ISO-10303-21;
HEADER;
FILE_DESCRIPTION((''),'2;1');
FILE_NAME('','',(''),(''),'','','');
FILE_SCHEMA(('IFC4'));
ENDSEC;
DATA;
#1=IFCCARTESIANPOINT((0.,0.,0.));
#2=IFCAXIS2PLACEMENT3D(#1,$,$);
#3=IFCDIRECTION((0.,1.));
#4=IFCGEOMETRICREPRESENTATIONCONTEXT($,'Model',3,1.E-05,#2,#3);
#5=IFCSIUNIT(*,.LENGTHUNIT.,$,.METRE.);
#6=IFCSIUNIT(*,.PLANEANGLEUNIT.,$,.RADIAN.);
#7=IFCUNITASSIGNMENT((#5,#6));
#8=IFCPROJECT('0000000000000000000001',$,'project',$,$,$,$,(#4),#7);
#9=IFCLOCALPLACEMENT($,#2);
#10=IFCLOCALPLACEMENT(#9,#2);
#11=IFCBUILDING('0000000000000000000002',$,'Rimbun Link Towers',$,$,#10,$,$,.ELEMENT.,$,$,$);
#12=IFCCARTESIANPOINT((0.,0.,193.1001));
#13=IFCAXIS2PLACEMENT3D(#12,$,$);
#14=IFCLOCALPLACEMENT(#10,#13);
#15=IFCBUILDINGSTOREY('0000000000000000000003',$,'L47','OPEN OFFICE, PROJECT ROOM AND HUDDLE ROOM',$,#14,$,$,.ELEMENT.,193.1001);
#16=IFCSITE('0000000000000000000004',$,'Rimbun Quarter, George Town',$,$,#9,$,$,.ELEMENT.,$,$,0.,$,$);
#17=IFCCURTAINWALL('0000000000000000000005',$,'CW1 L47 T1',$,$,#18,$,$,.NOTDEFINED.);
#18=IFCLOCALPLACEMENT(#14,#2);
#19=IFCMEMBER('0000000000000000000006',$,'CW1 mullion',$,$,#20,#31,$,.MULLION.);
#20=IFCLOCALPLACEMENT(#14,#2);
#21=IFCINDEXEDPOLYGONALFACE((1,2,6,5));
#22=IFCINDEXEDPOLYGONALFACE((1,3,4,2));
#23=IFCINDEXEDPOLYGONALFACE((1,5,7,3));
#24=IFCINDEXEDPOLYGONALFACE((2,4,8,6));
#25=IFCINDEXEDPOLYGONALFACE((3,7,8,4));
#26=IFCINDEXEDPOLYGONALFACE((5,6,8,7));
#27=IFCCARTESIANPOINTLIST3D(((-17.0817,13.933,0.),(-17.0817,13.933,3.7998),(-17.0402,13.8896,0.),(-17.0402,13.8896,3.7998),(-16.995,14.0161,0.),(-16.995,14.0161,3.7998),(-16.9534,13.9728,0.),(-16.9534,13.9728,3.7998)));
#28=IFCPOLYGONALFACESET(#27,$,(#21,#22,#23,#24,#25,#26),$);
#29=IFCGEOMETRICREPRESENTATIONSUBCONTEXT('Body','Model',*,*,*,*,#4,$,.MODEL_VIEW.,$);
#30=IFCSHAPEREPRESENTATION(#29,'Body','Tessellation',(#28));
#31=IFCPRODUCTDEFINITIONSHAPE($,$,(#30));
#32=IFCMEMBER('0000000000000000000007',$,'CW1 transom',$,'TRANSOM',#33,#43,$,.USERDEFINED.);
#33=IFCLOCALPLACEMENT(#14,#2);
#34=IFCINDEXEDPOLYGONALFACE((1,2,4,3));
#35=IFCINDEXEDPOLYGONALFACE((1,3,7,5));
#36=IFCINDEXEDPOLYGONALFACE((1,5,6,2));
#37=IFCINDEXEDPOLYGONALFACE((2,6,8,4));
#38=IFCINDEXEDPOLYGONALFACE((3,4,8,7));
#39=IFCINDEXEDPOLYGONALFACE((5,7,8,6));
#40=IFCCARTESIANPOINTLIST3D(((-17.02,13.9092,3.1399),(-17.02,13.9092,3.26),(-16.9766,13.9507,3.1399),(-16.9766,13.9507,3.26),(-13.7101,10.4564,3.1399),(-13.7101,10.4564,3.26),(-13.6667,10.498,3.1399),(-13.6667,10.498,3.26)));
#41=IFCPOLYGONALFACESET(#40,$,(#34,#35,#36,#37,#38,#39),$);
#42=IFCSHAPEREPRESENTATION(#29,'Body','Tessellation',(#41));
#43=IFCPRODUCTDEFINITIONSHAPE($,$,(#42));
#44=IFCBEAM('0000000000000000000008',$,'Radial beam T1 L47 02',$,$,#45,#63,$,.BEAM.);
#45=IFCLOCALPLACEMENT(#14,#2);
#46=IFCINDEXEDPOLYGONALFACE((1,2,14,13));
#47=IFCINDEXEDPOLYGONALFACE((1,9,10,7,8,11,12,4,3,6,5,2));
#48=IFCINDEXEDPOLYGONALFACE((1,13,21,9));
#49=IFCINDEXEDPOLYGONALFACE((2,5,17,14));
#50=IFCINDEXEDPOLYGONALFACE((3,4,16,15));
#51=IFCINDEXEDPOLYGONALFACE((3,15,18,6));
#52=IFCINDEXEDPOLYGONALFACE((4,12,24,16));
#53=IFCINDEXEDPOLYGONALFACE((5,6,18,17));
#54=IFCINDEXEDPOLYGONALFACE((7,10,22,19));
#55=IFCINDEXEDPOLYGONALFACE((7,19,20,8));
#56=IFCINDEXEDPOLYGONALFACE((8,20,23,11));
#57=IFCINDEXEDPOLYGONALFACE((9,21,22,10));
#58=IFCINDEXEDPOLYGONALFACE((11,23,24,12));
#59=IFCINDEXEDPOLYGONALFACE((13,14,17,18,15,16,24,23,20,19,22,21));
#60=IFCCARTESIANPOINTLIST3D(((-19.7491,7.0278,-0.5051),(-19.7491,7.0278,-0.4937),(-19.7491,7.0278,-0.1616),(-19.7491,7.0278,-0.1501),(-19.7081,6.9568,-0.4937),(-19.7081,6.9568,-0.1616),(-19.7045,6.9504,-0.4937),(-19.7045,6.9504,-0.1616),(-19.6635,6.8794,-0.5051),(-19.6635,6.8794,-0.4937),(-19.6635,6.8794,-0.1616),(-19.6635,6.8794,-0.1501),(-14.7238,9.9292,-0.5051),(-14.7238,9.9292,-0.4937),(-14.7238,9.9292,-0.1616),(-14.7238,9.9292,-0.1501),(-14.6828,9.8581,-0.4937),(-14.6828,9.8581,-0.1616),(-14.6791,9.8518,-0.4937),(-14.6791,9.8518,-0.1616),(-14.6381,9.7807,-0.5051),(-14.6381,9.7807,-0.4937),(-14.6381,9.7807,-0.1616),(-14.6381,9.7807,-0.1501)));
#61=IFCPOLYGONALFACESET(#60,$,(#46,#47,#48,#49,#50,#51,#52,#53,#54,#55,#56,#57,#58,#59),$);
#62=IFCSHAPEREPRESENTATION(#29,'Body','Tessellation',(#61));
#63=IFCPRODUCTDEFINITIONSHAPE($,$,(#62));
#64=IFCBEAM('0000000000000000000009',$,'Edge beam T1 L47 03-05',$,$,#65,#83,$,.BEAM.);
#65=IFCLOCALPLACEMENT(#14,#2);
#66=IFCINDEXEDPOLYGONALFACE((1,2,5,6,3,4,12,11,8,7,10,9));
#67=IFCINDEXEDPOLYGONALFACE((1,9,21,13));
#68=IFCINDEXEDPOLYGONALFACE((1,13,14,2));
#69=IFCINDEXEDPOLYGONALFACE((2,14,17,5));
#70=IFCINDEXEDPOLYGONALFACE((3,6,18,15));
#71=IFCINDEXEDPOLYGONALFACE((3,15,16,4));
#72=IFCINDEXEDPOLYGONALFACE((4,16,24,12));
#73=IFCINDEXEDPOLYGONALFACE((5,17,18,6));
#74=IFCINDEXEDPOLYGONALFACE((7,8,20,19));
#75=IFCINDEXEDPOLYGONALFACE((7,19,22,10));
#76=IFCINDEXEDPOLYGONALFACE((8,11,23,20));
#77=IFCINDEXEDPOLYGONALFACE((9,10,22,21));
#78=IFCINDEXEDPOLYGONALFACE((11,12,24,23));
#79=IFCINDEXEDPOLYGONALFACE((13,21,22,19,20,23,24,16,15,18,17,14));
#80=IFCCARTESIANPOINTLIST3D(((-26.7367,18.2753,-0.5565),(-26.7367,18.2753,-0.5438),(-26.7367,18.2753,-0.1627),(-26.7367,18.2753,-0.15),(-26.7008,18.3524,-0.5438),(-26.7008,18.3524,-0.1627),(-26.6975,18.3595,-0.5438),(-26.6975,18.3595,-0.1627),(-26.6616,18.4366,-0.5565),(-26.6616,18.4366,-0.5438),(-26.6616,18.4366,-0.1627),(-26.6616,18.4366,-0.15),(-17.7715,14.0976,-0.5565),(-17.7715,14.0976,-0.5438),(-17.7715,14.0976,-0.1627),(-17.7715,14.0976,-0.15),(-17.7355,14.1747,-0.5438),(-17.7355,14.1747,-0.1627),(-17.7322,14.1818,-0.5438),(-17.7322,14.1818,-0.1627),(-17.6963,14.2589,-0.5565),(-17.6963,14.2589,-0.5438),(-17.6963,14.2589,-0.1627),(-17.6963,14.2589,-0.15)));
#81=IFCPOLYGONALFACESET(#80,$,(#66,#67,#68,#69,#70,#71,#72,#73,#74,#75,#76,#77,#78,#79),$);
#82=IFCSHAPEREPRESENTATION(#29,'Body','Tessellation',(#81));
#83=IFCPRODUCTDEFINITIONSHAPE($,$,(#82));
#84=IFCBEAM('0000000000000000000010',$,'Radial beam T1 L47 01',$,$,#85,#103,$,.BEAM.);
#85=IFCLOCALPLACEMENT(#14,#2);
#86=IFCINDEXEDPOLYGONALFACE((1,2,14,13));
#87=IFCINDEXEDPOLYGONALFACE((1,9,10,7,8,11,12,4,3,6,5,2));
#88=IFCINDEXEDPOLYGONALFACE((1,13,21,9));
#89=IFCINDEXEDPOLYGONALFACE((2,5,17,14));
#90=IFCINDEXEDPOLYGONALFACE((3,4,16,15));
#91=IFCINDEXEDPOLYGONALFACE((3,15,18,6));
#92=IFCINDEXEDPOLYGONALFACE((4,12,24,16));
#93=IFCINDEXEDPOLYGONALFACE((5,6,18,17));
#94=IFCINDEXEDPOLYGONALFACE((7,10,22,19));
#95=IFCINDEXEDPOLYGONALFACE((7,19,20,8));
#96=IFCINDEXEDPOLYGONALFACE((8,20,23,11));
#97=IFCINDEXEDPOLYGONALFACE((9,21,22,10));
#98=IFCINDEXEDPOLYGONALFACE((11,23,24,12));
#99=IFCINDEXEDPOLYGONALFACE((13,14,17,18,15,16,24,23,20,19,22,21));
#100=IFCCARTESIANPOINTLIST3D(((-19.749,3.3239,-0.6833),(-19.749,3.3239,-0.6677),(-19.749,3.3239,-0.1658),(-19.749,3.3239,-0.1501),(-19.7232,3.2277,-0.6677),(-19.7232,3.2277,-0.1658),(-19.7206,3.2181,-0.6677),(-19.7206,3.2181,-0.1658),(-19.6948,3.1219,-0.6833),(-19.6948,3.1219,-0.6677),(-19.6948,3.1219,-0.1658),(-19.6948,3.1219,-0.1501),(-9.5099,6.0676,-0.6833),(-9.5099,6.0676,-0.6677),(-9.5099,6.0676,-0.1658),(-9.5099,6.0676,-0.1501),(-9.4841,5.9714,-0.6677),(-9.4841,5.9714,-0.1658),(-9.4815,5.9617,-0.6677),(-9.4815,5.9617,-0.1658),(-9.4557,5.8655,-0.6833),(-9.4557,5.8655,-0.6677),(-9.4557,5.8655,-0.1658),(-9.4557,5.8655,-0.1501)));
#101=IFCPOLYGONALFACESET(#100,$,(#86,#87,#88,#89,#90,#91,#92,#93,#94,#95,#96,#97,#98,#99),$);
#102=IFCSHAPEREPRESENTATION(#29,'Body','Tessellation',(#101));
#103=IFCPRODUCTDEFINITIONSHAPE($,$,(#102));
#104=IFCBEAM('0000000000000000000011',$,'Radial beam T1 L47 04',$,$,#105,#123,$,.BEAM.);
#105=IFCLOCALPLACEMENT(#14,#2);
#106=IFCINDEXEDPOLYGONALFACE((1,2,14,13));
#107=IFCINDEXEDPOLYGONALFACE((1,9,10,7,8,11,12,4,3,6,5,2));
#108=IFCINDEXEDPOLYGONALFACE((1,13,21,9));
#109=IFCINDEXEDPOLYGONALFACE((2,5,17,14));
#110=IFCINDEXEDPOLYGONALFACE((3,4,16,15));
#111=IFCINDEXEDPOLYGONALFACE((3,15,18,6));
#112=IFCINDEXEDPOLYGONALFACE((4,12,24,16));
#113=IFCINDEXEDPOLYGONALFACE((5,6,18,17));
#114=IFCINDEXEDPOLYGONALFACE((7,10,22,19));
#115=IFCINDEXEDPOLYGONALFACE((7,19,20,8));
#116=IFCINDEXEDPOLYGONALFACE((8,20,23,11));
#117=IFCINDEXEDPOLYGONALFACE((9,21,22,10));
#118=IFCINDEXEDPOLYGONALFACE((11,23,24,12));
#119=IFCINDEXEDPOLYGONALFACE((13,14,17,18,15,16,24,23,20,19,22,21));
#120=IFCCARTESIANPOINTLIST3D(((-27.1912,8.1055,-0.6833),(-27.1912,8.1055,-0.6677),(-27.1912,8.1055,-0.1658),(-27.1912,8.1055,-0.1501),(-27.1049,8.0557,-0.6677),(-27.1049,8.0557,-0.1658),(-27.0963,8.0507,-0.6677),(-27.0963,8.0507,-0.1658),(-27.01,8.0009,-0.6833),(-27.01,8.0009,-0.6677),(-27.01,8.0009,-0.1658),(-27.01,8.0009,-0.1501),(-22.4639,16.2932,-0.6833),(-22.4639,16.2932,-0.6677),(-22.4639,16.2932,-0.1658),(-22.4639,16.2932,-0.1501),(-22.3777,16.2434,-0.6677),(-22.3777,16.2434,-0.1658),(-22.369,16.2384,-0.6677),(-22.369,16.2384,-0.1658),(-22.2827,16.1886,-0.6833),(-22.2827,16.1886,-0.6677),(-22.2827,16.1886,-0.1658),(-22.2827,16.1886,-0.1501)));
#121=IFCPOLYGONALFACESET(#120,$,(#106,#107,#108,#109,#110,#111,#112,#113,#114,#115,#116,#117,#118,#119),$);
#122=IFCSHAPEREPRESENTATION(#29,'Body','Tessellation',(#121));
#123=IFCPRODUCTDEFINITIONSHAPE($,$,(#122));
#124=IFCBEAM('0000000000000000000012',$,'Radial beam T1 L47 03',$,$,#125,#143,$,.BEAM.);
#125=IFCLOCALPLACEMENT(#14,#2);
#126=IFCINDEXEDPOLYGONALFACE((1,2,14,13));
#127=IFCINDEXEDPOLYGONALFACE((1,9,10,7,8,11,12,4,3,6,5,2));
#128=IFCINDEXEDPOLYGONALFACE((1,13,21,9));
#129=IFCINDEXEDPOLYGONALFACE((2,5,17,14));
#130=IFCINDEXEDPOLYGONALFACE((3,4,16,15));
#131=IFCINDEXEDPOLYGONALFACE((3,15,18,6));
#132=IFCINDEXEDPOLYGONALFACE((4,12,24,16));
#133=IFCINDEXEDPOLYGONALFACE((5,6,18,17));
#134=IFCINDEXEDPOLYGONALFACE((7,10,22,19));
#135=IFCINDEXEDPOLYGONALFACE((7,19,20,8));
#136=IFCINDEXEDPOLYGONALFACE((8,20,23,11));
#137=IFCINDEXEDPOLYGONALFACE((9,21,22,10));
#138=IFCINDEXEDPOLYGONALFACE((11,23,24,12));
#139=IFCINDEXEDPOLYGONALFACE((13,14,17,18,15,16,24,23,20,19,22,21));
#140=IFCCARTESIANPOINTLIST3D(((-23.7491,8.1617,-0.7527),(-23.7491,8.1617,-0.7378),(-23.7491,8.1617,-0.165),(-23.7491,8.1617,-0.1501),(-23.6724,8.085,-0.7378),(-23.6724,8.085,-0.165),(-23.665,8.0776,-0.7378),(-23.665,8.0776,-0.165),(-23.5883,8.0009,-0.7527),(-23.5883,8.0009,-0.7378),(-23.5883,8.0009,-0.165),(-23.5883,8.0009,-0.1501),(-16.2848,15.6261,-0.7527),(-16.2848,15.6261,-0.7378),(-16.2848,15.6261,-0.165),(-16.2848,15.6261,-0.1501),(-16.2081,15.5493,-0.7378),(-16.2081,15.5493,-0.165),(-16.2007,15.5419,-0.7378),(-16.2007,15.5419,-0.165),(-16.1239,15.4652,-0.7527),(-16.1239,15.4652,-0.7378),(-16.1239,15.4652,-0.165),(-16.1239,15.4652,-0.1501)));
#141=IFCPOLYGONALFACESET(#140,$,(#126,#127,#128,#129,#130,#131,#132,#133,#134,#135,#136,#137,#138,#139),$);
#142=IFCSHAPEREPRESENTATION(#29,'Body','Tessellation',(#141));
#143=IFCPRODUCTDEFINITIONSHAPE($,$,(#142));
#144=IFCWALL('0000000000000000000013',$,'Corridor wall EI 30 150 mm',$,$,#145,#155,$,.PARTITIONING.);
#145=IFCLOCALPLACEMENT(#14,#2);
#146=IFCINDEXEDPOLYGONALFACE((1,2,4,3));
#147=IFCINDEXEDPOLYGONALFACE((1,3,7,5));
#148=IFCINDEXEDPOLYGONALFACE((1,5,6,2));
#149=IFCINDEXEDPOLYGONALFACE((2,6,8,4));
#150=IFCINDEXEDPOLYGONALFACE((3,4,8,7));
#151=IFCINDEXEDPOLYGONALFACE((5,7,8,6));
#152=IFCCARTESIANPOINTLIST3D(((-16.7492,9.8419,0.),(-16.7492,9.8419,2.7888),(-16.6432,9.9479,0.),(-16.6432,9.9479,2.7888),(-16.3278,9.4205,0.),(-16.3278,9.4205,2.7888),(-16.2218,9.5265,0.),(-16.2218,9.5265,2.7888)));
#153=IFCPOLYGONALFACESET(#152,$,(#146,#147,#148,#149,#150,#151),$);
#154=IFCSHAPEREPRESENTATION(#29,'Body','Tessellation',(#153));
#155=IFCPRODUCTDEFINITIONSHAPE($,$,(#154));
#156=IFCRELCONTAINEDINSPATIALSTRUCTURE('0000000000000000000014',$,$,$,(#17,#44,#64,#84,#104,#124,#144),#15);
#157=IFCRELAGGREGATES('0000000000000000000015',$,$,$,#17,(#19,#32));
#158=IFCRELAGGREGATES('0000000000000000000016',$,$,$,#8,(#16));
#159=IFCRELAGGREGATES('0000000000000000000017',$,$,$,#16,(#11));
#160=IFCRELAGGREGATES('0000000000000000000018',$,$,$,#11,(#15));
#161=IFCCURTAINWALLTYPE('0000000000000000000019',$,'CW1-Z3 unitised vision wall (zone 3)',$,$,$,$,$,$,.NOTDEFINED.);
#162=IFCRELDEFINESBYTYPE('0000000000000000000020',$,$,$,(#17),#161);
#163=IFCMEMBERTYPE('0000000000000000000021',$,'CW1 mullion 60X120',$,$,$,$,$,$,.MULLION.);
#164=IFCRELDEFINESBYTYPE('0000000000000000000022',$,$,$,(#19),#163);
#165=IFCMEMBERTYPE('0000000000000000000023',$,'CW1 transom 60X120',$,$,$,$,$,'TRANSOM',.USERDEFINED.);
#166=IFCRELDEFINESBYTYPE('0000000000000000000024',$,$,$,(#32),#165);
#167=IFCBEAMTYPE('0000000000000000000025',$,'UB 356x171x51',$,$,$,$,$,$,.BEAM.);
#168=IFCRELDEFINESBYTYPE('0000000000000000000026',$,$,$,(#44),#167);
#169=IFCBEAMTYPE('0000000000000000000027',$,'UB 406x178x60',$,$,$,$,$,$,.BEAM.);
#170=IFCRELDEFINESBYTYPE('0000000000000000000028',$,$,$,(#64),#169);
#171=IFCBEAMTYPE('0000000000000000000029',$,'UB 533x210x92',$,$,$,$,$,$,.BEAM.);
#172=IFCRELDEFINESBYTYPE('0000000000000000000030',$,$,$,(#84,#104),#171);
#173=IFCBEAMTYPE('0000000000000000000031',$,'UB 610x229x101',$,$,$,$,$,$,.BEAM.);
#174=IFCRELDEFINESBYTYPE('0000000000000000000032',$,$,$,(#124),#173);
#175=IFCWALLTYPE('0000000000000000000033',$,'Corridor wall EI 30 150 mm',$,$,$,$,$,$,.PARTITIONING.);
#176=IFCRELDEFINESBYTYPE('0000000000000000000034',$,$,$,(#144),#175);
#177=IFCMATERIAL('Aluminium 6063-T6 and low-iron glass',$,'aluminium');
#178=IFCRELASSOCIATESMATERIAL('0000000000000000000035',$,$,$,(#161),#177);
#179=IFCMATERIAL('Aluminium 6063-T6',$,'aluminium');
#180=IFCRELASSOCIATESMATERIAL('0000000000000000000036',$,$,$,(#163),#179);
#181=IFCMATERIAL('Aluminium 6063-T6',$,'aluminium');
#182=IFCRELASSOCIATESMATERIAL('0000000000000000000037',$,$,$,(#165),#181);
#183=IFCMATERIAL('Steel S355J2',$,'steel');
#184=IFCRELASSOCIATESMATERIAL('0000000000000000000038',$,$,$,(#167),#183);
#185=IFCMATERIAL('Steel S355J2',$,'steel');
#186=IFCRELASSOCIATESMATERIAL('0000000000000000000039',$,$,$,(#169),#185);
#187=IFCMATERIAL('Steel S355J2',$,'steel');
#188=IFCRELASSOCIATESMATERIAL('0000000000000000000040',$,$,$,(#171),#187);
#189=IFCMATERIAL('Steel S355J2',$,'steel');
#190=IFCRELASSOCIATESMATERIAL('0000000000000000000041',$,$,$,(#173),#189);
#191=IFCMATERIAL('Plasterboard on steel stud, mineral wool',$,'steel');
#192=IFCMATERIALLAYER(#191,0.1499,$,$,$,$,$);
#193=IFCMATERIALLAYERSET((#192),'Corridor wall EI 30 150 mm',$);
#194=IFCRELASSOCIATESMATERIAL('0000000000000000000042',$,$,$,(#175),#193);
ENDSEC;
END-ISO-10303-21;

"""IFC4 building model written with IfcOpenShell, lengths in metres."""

from ifc_helpers import new_model, si_unit, direction, frame, frame_2d, origin, origin_2d, place, context, subcontext, project, spatial, rectangle, i_section, extrude, material, layer, layer_set, material_profile, profile_set, type_object, element, aggregate, save


model = new_model("IFC4")

# Units and contexts
model_context = context("Model", 3, precision=1e-05, world=origin(), true_north=direction((0.0, 1.0)))
body_context = subcontext(model_context, "Body", "Model", "MODEL_VIEW")
ifc_project = project(units=[si_unit("LENGTHUNIT", "METRE"), si_unit("PLANEANGLEUNIT", "RADIAN")], contexts=[model_context])

# Site, building, storey
site_placement = place(None, origin())
site = spatial("IfcSite", under=ifc_project, at=site_placement, Name="Rimbun Quarter, George Town", CompositionType="ELEMENT", RefElevation=0.0)
building_placement = place(site_placement, origin())
building = spatial("IfcBuilding", under=site, at=building_placement, Name="Rimbun Link Towers", CompositionType="ELEMENT")
storey_placement = place(building_placement, frame((0.0, 0.0, 193.1001)))
storey = spatial("IfcBuildingStorey", under=building, at=storey_placement, Name="L47", Description="OPEN OFFICE, PROJECT ROOM AND HUDDLE ROOM", CompositionType="ELEMENT", Elevation=193.1001)

# Curtain wall, members
ifc_material_1 = material(Name="Aluminium 6063-T6 and low-iron glass", Category="aluminium")
curtain_wall_type = type_object("IfcCurtainWallType", Name="CW1-Z3 unitised vision wall (zone 3)", PredefinedType="NOTDEFINED", material=ifc_material_1)
curtain_wall_placement = place(storey_placement, origin())
curtain_wall = element("IfcCurtainWall", 1, at=curtain_wall_placement, inside=storey, type_object=curtain_wall_type, Name="CW1 L47 T1", PredefinedType="NOTDEFINED")
ifc_material_2 = material(Name="Aluminium 6063-T6", Category="aluminium")
ifc_material_profile_1 = material_profile(ifc_material_2, rectangle(XDim=0.1201, YDim=0.0601, at=origin_2d()), Name="MULLION 60X120")
ifc_profile_set_1 = profile_set([ifc_material_profile_1], Name="Aluminium 6063-T6")
member_type_1 = type_object("IfcMemberType", Name="CW1 mullion 60X120", PredefinedType="MULLION", material=ifc_profile_set_1)
member_1_placement = place(storey_placement, frame((-17.0176, 13.9529, 0.0), z_axis=(0.0, 0.0, 1.0), x_axis=(0.721859, 0.692041, 0.0)))
member_1 = element("IfcMember", 2, at=member_1_placement, type_object=member_type_1, Name="CW1 mullion", PredefinedType="MULLION", context=body_context, shape_type="SweptSolid", body=[
    extrude(rectangle(XDim=0.1201, YDim=0.0601, at=origin_2d()), origin(), (0.0, 0.0, 1.0), 3.7998),
])
ifc_material_3 = material(Name="Aluminium 6063-T6", Category="aluminium")
ifc_material_profile_2 = material_profile(ifc_material_3, rectangle(XDim=0.0601, YDim=0.1201, at=origin_2d()), Name="TRANSOM 60X120")
ifc_profile_set_2 = profile_set([ifc_material_profile_2], Name="Aluminium 6063-T6")
member_type_2 = type_object("IfcMemberType", Name="CW1 transom 60X120", ElementType="TRANSOM", PredefinedType="USERDEFINED", material=ifc_profile_set_2)
member_2_placement = place(storey_placement, frame((-16.9983, 13.9299, 3.2), z_axis=(0.692018, -0.72188, 0.0), x_axis=(0.72188, 0.692018, 0.0)))
member_2 = element("IfcMember", 3, at=member_2_placement, type_object=member_type_2, Name="CW1 transom", ObjectType="TRANSOM", PredefinedType="USERDEFINED", context=body_context, shape_type="SweptSolid", body=[
    extrude(rectangle(XDim=0.0601, YDim=0.1201, at=origin_2d()), origin(), (0.0, 0.0, 1.0), 4.783),
])
aggregate(curtain_wall, [member_1, member_2])

# Beams
ifc_material_4 = material(Name="Steel S355J2", Category="steel")
ifc_material_profile_3 = material_profile(ifc_material_4, i_section(OverallWidth=0.1714, OverallDepth=0.355, WebThickness=0.0073, FlangeThickness=0.0115, at=origin_2d()), Name="UB 356x171x51")
ifc_profile_set_3 = profile_set([ifc_material_profile_3], Name="Steel S355J2")
beam_type_1 = type_object("IfcBeamType", Name="UB 356x171x51", PredefinedType="BEAM", material=ifc_profile_set_3)
beam_1_placement = place(storey_placement, frame((-19.7063, 6.9536, -0.3276), z_axis=(0.866029, 0.499994, 0.0), x_axis=(-0.499994, 0.866029, 0.0)))
element("IfcBeam", 4, at=beam_1_placement, inside=storey, type_object=beam_type_1, Name="Radial beam T1 L47 02", PredefinedType="BEAM", context=body_context, shape_type="SweptSolid", body=[
    extrude(i_section(OverallWidth=0.1714, OverallDepth=0.355, WebThickness=0.0073, FlangeThickness=0.0115, at=origin_2d()), origin(), (0.0, 0.0, 1.0), 5.8027),
])
ifc_material_5 = material(Name="Steel S355J2", Category="steel")
ifc_material_profile_4 = material_profile(ifc_material_5, i_section(OverallWidth=0.178, OverallDepth=0.4065, WebThickness=0.0078, FlangeThickness=0.0127, at=origin_2d()), Name="UB 406x178x60")
ifc_profile_set_4 = profile_set([ifc_material_profile_4], Name="Steel S355J2")
beam_type_2 = type_object("IfcBeamType", Name="UB 406x178x60", PredefinedType="BEAM", material=ifc_profile_set_4)
beam_2_placement = place(storey_placement, frame((-17.7339, 14.1782, -0.3533), z_axis=(-0.906419, 0.42238, 0.0), x_axis=(-0.42238, -0.906419, 0.0)))
element("IfcBeam", 5, at=beam_2_placement, inside=storey, type_object=beam_type_2, Name="Edge beam T1 L47 03-05", PredefinedType="BEAM", context=body_context, shape_type="SweptSolid", body=[
    extrude(i_section(OverallWidth=0.178, OverallDepth=0.4065, WebThickness=0.0078, FlangeThickness=0.0127, at=origin_2d()), origin(), (0.0, 0.0, 1.0), 9.8909),
])
ifc_material_6 = material(Name="Steel S355J2", Category="steel")
ifc_material_profile_5 = material_profile(ifc_material_6, i_section(OverallWidth=0.2092, OverallDepth=0.5332, WebThickness=0.01, FlangeThickness=0.0156, at=origin_2d()), Name="UB 533x210x92")
ifc_profile_set_5 = profile_set([ifc_material_profile_5], Name="Steel S355J2")
beam_type_3 = type_object("IfcBeamType", Name="UB 533x210x92", PredefinedType="BEAM", material=ifc_profile_set_5)
beam_3_placement = place(storey_placement, frame((-19.7219, 3.2229, -0.4167), z_axis=(0.965923, 0.258829, 0.0), x_axis=(-0.258829, 0.965923, 0.0)))
element("IfcBeam", 6, at=beam_3_placement, inside=storey, type_object=beam_type_3, Name="Radial beam T1 L47 01", PredefinedType="BEAM", context=body_context, shape_type="SweptSolid", body=[
    extrude(i_section(OverallWidth=0.2092, OverallDepth=0.5332, WebThickness=0.01, FlangeThickness=0.0156, at=origin_2d()), origin(), (0.0, 0.0, 1.0), 10.6003),
])
beam_4_placement = place(storey_placement, frame((-27.1006, 8.0532, -0.4167), z_axis=(0.500008, 0.866021, 0.0), x_axis=(-0.866021, 0.500008, 0.0)))
element("IfcBeam", 7, at=beam_4_placement, inside=storey, type_object=beam_type_3, Name="Radial beam T1 L47 04", PredefinedType="BEAM", context=body_context, shape_type="SweptSolid", body=[
    extrude(i_section(OverallWidth=0.2092, OverallDepth=0.5332, WebThickness=0.01, FlangeThickness=0.0156, at=origin_2d()), origin(), (0.0, 0.0, 1.0), 9.4543),
])
ifc_material_7 = material(Name="Steel S355J2", Category="steel")
ifc_material_profile_6 = material_profile(ifc_material_7, i_section(OverallWidth=0.2275, OverallDepth=0.6025, WebThickness=0.0105, FlangeThickness=0.0149, at=origin_2d()), Name="UB 610x229x101")
ifc_profile_set_6 = profile_set([ifc_material_profile_6], Name="Steel S355J2")
beam_type_4 = type_object("IfcBeamType", Name="UB 610x229x101", PredefinedType="BEAM", material=ifc_profile_set_6)
beam_5_placement = place(storey_placement, frame((-23.6687, 8.0813, -0.4514), z_axis=(0.707107, 0.707107, 0.0), x_axis=(-0.707107, 0.707107, 0.0)))
element("IfcBeam", 8, at=beam_5_placement, inside=storey, type_object=beam_type_4, Name="Radial beam T1 L47 03", PredefinedType="BEAM", context=body_context, shape_type="SweptSolid", body=[
    extrude(i_section(OverallWidth=0.2275, OverallDepth=0.6025, WebThickness=0.0105, FlangeThickness=0.0149, at=origin_2d()), origin(), (0.0, 0.0, 1.0), 10.5562),
])

# Wall
ifc_material_8 = material(Name="Plasterboard on steel stud, mineral wool", Category="steel")
ifc_layer_1 = layer(ifc_material_8, 0.1499)
ifc_layer_set_1 = layer_set([ifc_layer_1], Name="Corridor wall EI 30 150 mm")
wall_type_1 = type_object("IfcWallType", Name="Corridor wall EI 30 150 mm", PredefinedType="PARTITIONING", material=ifc_layer_set_1)
wall_1_placement = place(storey_placement, frame((-16.2749, 9.4736, 0.0), z_axis=(0.0, 0.0, 1.0), x_axis=(-0.707107, 0.707107, 0.0)))
element("IfcWall", 9, at=wall_1_placement, inside=storey, type_object=wall_type_1, Name="Corridor wall EI 30 150 mm", PredefinedType="PARTITIONING", context=body_context, shape_type="SweptSolid", body=[
    extrude(rectangle(XDim=0.5959, YDim=0.1499, at=frame_2d((0.2979, 0.0))), origin(), (0.0, 0.0, 1.0), 2.7888),
])

save(model, "model.ifc")
